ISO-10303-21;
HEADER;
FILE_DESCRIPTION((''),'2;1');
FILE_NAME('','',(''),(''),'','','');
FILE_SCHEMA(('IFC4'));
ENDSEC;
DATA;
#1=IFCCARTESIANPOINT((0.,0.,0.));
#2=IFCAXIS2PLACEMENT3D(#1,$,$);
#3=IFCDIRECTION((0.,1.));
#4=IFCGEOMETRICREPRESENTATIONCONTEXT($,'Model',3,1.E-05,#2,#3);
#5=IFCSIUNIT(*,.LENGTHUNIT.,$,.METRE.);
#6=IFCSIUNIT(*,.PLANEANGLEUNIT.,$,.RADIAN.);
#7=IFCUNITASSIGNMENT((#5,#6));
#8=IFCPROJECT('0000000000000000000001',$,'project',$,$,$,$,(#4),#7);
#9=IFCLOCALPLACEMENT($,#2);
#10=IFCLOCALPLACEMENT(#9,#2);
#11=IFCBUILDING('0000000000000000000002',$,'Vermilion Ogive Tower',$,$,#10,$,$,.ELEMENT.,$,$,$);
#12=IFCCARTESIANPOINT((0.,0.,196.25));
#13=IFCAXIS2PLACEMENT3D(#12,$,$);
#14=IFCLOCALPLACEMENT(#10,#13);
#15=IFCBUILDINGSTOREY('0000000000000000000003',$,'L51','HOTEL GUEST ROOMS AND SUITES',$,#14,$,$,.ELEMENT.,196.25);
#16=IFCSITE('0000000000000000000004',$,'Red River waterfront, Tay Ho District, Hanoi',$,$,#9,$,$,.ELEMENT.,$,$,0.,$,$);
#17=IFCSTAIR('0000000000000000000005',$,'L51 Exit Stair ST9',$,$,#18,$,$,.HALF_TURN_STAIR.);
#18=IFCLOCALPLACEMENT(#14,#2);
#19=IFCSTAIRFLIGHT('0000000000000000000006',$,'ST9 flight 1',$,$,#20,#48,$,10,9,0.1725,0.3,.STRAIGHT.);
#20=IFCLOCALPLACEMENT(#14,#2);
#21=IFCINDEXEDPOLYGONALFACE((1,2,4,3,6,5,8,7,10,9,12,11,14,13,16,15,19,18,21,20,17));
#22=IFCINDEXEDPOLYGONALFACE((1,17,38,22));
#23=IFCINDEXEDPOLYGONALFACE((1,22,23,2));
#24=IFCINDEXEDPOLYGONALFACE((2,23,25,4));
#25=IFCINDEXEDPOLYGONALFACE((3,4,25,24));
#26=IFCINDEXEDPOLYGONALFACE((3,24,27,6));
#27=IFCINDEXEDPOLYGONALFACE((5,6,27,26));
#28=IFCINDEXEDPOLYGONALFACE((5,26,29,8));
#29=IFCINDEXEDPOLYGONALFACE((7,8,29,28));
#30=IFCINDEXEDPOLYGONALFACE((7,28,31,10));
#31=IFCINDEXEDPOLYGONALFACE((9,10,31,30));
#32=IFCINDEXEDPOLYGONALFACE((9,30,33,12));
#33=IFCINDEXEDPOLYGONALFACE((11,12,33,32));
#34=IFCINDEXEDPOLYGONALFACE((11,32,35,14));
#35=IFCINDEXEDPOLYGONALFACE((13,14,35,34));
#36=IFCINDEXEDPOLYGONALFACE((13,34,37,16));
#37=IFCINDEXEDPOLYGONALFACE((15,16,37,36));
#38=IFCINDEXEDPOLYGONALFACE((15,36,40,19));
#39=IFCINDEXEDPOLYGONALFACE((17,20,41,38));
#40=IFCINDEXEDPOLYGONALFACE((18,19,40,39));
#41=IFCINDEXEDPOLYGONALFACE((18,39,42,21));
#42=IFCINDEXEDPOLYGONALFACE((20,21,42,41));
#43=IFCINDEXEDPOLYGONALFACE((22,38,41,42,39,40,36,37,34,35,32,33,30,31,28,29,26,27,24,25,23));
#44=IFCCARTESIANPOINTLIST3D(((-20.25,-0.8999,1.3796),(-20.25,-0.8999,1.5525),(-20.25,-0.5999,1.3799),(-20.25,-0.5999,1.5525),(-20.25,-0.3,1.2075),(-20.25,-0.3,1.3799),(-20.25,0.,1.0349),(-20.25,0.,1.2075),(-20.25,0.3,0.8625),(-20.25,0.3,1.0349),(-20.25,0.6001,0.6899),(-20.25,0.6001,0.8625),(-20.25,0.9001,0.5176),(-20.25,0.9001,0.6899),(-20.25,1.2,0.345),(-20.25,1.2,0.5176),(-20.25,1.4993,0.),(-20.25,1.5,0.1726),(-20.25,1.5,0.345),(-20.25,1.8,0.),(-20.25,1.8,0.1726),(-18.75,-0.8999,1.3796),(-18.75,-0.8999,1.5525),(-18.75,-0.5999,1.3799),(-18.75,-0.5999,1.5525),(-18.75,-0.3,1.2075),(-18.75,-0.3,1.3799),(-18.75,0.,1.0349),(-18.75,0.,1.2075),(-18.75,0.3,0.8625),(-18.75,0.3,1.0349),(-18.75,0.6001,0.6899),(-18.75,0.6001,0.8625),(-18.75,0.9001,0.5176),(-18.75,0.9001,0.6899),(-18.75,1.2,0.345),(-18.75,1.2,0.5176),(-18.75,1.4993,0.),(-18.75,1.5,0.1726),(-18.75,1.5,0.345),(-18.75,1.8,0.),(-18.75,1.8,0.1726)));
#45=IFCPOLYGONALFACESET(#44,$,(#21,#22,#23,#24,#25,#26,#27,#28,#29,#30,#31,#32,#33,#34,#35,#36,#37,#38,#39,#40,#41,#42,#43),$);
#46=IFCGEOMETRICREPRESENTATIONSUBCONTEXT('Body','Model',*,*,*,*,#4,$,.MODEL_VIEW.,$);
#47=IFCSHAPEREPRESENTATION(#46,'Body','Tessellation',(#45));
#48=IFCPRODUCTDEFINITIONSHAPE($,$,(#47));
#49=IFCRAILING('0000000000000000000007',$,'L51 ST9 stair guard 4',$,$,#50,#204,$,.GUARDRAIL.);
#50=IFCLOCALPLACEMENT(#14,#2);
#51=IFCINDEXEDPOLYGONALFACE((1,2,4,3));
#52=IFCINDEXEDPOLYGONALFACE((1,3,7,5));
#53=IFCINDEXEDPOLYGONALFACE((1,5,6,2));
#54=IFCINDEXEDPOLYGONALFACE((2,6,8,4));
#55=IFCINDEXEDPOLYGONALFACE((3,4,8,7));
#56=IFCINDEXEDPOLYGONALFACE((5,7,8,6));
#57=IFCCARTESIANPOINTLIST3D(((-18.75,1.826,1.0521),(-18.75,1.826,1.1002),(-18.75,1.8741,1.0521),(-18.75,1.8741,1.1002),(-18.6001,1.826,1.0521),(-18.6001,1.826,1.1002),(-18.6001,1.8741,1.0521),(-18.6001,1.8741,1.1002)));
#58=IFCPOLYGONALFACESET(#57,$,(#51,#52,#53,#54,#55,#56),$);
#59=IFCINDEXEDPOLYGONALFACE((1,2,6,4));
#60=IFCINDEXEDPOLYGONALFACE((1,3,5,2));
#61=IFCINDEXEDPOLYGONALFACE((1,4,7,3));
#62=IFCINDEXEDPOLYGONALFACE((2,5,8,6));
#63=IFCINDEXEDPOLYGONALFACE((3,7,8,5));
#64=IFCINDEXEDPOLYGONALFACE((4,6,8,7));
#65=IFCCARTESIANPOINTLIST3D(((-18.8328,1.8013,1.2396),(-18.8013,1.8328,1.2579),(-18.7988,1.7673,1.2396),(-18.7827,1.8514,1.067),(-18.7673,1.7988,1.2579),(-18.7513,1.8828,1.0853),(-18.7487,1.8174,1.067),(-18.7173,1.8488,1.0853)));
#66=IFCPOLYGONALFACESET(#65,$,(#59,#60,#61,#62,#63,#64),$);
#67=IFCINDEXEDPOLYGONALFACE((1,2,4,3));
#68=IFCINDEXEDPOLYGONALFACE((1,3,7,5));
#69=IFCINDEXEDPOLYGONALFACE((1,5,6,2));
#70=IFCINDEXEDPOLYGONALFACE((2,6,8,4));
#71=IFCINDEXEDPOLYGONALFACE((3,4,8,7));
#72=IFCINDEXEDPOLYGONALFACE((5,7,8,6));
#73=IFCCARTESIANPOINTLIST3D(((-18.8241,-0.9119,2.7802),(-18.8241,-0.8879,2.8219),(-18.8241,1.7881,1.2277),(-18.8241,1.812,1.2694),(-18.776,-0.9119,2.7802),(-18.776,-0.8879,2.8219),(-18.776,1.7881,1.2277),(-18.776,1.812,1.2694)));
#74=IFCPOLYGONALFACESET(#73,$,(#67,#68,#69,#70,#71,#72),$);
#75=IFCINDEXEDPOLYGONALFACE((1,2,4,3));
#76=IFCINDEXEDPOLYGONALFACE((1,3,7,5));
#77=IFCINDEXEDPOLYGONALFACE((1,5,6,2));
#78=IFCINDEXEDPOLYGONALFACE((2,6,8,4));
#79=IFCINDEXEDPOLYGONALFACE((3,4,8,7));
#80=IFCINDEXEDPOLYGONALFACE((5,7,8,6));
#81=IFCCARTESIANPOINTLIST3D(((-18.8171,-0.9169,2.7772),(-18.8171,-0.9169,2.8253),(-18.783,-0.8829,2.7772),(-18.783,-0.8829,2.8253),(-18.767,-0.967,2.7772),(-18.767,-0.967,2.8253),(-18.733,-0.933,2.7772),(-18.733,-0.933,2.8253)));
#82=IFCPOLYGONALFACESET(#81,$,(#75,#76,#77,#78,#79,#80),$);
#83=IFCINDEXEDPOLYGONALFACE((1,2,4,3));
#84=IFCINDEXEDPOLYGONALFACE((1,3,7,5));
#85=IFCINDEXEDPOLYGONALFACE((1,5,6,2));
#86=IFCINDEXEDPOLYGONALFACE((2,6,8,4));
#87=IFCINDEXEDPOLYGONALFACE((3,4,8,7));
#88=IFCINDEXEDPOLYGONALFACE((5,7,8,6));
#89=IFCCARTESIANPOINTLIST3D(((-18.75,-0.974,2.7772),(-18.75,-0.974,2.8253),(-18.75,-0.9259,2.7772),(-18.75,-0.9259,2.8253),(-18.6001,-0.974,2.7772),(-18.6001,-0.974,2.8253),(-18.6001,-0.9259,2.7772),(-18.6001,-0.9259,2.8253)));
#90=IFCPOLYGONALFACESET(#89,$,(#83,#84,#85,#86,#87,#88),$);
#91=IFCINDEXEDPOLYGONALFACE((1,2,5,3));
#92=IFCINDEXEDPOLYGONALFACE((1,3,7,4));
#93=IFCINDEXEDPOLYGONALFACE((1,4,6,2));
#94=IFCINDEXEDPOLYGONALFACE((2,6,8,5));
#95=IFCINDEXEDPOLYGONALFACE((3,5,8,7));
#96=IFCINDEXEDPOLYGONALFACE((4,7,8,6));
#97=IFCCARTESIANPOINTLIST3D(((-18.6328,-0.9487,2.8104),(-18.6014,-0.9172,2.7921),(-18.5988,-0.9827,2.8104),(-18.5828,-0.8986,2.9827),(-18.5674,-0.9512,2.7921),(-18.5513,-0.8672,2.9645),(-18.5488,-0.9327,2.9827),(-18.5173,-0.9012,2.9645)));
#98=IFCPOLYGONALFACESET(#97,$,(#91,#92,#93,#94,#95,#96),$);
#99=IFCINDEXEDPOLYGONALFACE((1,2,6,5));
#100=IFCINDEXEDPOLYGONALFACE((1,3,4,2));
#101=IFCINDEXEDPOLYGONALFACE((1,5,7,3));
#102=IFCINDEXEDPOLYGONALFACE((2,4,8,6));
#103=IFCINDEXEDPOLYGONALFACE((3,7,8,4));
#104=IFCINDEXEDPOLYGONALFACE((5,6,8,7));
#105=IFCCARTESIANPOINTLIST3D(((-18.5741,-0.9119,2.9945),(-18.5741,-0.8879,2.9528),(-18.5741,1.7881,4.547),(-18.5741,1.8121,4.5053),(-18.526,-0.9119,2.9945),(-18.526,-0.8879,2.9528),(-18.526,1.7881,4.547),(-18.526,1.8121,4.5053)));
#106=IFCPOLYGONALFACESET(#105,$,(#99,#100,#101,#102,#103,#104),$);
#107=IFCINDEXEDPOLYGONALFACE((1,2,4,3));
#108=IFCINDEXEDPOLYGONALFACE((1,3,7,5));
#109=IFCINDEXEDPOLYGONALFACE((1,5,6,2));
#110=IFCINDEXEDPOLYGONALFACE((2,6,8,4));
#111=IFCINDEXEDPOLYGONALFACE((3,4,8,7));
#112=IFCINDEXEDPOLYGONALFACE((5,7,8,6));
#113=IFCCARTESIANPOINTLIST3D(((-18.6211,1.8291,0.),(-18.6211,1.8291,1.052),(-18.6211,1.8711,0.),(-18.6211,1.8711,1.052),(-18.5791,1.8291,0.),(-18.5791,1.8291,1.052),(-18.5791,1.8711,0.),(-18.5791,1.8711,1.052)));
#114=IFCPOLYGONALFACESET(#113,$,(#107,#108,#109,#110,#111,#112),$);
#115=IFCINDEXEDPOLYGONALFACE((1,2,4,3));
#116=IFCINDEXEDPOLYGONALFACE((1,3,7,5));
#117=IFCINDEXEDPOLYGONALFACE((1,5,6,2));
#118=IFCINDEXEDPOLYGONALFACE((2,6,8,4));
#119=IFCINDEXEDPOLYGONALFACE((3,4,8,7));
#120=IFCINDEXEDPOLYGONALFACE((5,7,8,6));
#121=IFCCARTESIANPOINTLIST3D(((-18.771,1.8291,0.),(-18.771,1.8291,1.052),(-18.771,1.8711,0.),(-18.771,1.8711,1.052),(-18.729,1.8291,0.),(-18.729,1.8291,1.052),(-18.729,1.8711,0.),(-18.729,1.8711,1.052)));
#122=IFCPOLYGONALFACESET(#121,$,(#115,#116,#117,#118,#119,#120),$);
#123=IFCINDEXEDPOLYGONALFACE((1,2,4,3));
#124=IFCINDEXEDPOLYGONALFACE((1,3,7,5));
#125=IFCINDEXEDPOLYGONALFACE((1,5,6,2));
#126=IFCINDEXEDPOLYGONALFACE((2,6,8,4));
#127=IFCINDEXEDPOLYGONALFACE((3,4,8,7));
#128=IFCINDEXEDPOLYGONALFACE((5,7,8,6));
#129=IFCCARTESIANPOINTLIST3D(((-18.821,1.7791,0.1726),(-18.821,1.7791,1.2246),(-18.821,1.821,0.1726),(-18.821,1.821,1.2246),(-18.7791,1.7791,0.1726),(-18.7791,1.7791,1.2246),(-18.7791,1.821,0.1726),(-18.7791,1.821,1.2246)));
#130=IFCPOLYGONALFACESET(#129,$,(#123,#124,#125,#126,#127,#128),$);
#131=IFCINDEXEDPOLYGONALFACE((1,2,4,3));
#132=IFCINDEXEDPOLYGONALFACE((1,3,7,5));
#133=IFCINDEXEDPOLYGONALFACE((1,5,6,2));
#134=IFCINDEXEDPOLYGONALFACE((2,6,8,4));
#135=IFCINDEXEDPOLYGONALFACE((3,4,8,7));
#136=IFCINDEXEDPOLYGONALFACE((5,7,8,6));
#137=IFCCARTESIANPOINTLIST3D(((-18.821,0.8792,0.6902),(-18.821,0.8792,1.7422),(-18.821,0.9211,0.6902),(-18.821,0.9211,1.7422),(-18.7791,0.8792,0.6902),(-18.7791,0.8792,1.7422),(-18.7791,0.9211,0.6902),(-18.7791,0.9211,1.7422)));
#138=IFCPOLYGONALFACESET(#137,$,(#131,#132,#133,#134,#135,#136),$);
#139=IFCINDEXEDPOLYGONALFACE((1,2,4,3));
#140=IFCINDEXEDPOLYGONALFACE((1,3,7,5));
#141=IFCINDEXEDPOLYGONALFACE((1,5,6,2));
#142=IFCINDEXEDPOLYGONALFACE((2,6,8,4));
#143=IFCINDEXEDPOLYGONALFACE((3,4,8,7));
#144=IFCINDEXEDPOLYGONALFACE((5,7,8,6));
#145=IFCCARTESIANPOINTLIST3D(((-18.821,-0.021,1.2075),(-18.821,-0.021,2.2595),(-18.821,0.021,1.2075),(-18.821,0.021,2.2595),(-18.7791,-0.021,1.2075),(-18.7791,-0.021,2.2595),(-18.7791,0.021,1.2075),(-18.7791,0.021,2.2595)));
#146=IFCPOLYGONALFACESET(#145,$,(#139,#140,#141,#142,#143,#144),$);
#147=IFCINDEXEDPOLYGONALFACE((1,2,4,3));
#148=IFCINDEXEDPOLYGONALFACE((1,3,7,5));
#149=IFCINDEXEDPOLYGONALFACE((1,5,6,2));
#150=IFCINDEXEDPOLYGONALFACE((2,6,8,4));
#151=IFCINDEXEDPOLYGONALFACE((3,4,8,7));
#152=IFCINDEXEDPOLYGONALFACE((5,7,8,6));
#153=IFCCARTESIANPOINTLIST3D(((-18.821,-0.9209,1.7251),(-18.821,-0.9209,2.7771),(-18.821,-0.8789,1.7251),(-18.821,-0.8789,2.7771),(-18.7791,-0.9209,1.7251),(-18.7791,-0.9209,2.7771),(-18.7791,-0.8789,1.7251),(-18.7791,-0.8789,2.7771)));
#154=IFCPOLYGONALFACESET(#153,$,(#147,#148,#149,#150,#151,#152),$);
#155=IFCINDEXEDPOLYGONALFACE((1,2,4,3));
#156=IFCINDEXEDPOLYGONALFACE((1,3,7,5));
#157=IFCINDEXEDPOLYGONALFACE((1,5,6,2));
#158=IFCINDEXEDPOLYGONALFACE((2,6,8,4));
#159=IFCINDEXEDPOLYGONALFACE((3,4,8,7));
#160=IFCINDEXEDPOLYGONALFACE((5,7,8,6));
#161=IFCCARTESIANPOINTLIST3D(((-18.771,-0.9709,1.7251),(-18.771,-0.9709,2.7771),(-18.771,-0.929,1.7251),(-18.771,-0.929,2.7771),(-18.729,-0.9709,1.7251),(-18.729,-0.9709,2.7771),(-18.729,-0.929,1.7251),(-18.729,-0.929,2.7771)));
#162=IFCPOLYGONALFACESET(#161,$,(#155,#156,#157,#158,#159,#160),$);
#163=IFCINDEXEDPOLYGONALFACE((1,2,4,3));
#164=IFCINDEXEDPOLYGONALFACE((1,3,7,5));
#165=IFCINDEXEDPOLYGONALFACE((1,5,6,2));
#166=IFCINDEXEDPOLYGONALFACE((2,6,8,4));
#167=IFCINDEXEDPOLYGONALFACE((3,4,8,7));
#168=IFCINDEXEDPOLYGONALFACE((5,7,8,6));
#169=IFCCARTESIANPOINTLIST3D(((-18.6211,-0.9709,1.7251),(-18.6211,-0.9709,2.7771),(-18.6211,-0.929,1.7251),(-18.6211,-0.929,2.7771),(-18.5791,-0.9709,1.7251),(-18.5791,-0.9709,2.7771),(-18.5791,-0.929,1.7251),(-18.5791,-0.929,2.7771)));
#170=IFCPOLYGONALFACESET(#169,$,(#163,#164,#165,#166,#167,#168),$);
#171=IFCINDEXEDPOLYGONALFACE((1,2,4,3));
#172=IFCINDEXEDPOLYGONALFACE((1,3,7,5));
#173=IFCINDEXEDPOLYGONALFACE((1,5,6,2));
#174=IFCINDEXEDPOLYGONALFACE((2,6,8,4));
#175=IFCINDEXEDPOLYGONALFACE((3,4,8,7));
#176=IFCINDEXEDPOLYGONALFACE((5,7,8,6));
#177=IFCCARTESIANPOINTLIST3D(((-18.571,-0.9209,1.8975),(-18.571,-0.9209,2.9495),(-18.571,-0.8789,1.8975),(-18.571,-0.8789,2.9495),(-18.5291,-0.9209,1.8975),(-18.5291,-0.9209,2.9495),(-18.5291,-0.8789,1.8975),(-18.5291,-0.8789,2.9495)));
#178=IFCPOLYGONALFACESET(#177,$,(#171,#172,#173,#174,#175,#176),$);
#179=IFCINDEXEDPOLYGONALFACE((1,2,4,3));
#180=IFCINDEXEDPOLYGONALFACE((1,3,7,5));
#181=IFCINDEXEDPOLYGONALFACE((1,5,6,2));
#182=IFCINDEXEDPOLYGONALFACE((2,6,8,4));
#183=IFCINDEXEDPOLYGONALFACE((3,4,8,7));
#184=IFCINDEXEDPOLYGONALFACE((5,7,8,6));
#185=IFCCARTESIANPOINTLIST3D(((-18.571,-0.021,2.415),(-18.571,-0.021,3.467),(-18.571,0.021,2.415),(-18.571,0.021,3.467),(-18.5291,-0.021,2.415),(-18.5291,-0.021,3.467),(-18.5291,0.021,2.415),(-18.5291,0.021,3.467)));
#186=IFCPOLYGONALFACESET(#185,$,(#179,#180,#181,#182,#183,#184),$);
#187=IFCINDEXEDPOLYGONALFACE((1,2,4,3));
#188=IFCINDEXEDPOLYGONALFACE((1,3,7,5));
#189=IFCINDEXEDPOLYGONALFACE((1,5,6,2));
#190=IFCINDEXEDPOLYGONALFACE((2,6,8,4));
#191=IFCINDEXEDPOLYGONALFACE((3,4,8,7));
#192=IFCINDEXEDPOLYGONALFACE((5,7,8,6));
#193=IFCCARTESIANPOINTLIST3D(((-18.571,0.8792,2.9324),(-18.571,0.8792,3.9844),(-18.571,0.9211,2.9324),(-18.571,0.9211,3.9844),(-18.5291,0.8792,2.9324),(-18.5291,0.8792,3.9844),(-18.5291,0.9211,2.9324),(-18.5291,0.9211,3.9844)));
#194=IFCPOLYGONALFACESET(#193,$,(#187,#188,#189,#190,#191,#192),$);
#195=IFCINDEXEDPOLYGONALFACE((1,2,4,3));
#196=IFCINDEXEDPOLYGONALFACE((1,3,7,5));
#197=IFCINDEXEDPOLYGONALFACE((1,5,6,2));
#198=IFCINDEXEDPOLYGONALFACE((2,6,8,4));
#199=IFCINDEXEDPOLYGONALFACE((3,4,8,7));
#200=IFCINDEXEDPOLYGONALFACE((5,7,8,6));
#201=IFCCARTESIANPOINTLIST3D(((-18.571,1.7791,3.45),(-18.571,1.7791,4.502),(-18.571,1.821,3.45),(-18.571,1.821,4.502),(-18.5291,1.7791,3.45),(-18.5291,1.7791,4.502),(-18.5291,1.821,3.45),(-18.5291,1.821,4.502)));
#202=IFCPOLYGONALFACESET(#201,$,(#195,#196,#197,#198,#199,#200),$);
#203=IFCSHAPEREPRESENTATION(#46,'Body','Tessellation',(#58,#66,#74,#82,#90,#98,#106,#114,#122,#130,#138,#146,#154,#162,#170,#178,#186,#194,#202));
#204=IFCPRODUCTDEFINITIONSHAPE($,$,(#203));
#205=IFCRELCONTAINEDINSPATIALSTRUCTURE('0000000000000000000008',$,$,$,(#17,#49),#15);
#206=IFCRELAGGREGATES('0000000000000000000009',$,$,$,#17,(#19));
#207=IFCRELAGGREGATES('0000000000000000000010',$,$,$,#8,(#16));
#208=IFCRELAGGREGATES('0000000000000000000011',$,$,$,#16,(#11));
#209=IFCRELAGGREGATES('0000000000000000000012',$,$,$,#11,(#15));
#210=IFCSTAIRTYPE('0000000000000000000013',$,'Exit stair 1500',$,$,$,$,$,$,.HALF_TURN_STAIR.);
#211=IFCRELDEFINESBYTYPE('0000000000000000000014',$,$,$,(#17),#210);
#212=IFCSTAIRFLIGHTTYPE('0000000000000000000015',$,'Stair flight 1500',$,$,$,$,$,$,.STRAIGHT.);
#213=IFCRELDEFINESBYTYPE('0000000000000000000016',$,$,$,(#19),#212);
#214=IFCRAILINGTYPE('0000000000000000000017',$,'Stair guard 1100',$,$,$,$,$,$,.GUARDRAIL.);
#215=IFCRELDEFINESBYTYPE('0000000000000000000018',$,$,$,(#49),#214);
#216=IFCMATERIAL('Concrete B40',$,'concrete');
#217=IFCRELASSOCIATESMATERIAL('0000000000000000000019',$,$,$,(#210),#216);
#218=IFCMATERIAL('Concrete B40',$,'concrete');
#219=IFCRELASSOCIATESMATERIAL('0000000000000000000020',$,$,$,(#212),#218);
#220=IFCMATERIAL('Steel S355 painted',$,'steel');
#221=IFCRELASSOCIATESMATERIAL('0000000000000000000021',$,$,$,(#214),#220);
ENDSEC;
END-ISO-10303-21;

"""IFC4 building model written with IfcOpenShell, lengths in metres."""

from ifc_helpers import new_model, si_unit, direction, frame, origin, origin_2d, place, context, subcontext, project, spatial, polyline, rectangle, outline, extrude, material, type_object, element, aggregate, save


model = new_model("IFC4")

# Units and contexts
model_context = context("Model", 3, precision=1e-05, world=origin(), true_north=direction((0.0, 1.0)))
body_context = subcontext(model_context, "Body", "Model", "MODEL_VIEW")
ifc_project = project(units=[si_unit("LENGTHUNIT", "METRE"), si_unit("PLANEANGLEUNIT", "RADIAN")], contexts=[model_context])

# Site, building, storey
site_placement = place(None, origin())
site = spatial("IfcSite", under=ifc_project, at=site_placement, Name="Red River waterfront, Tay Ho District, Hanoi", CompositionType="ELEMENT", RefElevation=0.0)
building_placement = place(site_placement, origin())
building = spatial("IfcBuilding", under=site, at=building_placement, Name="Vermilion Ogive Tower", CompositionType="ELEMENT")
storey_placement = place(building_placement, frame((0.0, 0.0, 196.25)))
storey = spatial("IfcBuildingStorey", under=building, at=storey_placement, Name="L51", Description="HOTEL GUEST ROOMS AND SUITES", CompositionType="ELEMENT", Elevation=196.25)

# Stair, stair flight
ifc_material_1 = material(Name="Concrete B40", Category="concrete")
stair_type = type_object("IfcStairType", Name="Exit stair 1500", PredefinedType="HALF_TURN_STAIR", material=ifc_material_1)
stair_placement = place(storey_placement, origin())
stair = element("IfcStair", 1, at=stair_placement, inside=storey, type_object=stair_type, Name="L51 Exit Stair ST9", PredefinedType="HALF_TURN_STAIR")
ifc_material_2 = material(Name="Concrete B40", Category="concrete")
stair_flight_type = type_object("IfcStairFlightType", Name="Stair flight 1500", PredefinedType="STRAIGHT", material=ifc_material_2)
stair_flight_placement = place(storey_placement, frame((-19.5, 1.8, 0.0), z_axis=(0.0, 0.0, 1.0), x_axis=(0.0, -1.0, 0.0)))
stair_flight = element("IfcStairFlight", 2, at=stair_flight_placement, type_object=stair_flight_type, Name="ST9 flight 1", NumberOfRisers=10, NumberOfTreads=9, PredefinedType="STRAIGHT", RiserHeight=0.1725, TreadLength=0.3, context=body_context, shape_type="SweptSolid", body=[
    extrude(outline(polyline([(0.0, 0.0), (0.0, 0.1726), (0.3, 0.1726), (0.3, 0.345), (0.6001, 0.345), (0.6001, 0.5176), (0.8999, 0.5176), (0.8999, 0.6899), (1.2, 0.6899), (1.2, 0.8625), (1.5, 0.8625), (1.5, 1.0349), (1.8, 1.0349), (1.8, 1.2075), (2.1001, 1.2075), (2.1001, 1.3799), (2.3999, 1.3799), (2.3999, 1.5525), (2.7, 1.5525), (2.7, 1.7251), (2.7, 1.3796), (0.3008, 0.0), (0.0, 0.0)])), frame((0.0, 0.75, 0.0), z_axis=(0.0, -1.0, 0.0), x_axis=(1.0, 0.0, 0.0)), (0.0, 0.0, 1.0), 1.5),
])
aggregate(stair, [stair_flight])

# Railing
ifc_material_3 = material(Name="Steel S355 painted", Category="steel")
railing_type_1 = type_object("IfcRailingType", Name="Stair guard 1100", PredefinedType="GUARDRAIL", material=ifc_material_3)
railing_1_placement = place(storey_placement, frame((-18.6001, 1.8501, 0.0)))
element("IfcRailing", 3, at=railing_1_placement, inside=storey, type_object=railing_type_1, Name="L51 ST9 stair guard 4", PredefinedType="GUARDRAIL", context=body_context, shape_type="SweptSolid", body=[
    extrude(rectangle(XDim=0.0481, YDim=0.0481, at=origin_2d()), frame((0.0, 0.0, 1.0762), z_axis=(-1.0, 0.0, 0.0), x_axis=(0.0, -1.0, 0.0)), (0.0, 0.0, 1.0), 0.1499),
    extrude(rectangle(XDim=0.0481, YDim=0.0481, at=origin_2d()), frame((-0.1499, 0.0, 1.0762), z_axis=(-0.268278, -0.268278, 0.925232), x_axis=(0.707107, -0.707107, 0.0)), (0.0, 0.0, 1.0), 0.1865),
    extrude(rectangle(XDim=0.0481, YDim=0.0481, at=origin_2d()), frame((-0.2, -0.05, 1.2485), z_axis=(0.0, -0.866904, 0.498476), x_axis=(1.0, 0.0, 0.0)), (0.0, 0.0, 1.0), 3.1145),
    extrude(rectangle(XDim=0.0481, YDim=0.0481, at=origin_2d()), frame((-0.2, -2.75, 2.8013), z_axis=(0.707107, -0.707107, 0.0), x_axis=(0.707107, 0.707107, 0.0)), (0.0, 0.0, 1.0), 0.0708),
    extrude(rectangle(XDim=0.0481, YDim=0.0481, at=origin_2d()), frame((-0.1499, -2.8, 2.8013), z_axis=(1.0, 0.0, 0.0), x_axis=(0.0, 1.0, 0.0)), (0.0, 0.0, 1.0), 0.1499),
    extrude(rectangle(XDim=0.0481, YDim=0.0481, at=origin_2d()), frame((0.0, -2.8, 2.8013), z_axis=(0.268603, 0.268603, 0.925043), x_axis=(-0.707107, 0.707107, 0.0)), (0.0, 0.0, 1.0), 0.1863),
    extrude(rectangle(XDim=0.0481, YDim=0.0481, at=origin_2d()), frame((0.05, -2.75, 2.9736), z_axis=(0.0, 0.866904, 0.498476), x_axis=(-1.0, 0.0, 0.0)), (0.0, 0.0, 1.0), 3.1145),
    extrude(rectangle(XDim=0.042, YDim=0.042, at=origin_2d()), origin(), (0.0, 0.0, 1.0), 1.052),
    extrude(rectangle(XDim=0.042, YDim=0.042, at=origin_2d()), frame((-0.1499, 0.0, 0.0)), (0.0, 0.0, 1.0), 1.052),
    extrude(rectangle(XDim=0.042, YDim=0.042, at=origin_2d()), frame((-0.2, -0.05, 0.1726)), (0.0, 0.0, 1.0), 1.052),
    extrude(rectangle(XDim=0.042, YDim=0.042, at=origin_2d()), frame((-0.2, -0.95, 0.6902)), (0.0, 0.0, 1.0), 1.052),
    extrude(rectangle(XDim=0.042, YDim=0.042, at=origin_2d()), frame((-0.2, -1.8501, 1.2075)), (0.0, 0.0, 1.0), 1.052),
    extrude(rectangle(XDim=0.042, YDim=0.042, at=origin_2d()), frame((-0.2, -2.75, 1.7251)), (0.0, 0.0, 1.0), 1.052),
    extrude(rectangle(XDim=0.042, YDim=0.042, at=origin_2d()), frame((-0.1499, -2.8, 1.7251)), (0.0, 0.0, 1.0), 1.052),
    extrude(rectangle(XDim=0.042, YDim=0.042, at=origin_2d()), frame((0.0, -2.8, 1.7251)), (0.0, 0.0, 1.0), 1.052),
    extrude(rectangle(XDim=0.042, YDim=0.042, at=origin_2d()), frame((0.05, -2.75, 1.8975)), (0.0, 0.0, 1.0), 1.052),
    extrude(rectangle(XDim=0.042, YDim=0.042, at=origin_2d()), frame((0.05, -1.8501, 2.415)), (0.0, 0.0, 1.0), 1.052),
    extrude(rectangle(XDim=0.042, YDim=0.042, at=origin_2d()), frame((0.05, -0.95, 2.9324)), (0.0, 0.0, 1.0), 1.052),
    extrude(rectangle(XDim=0.042, YDim=0.042, at=origin_2d()), frame((0.05, -0.05, 3.45)), (0.0, 0.0, 1.0), 1.052),
])

save(model, "model.ifc")
